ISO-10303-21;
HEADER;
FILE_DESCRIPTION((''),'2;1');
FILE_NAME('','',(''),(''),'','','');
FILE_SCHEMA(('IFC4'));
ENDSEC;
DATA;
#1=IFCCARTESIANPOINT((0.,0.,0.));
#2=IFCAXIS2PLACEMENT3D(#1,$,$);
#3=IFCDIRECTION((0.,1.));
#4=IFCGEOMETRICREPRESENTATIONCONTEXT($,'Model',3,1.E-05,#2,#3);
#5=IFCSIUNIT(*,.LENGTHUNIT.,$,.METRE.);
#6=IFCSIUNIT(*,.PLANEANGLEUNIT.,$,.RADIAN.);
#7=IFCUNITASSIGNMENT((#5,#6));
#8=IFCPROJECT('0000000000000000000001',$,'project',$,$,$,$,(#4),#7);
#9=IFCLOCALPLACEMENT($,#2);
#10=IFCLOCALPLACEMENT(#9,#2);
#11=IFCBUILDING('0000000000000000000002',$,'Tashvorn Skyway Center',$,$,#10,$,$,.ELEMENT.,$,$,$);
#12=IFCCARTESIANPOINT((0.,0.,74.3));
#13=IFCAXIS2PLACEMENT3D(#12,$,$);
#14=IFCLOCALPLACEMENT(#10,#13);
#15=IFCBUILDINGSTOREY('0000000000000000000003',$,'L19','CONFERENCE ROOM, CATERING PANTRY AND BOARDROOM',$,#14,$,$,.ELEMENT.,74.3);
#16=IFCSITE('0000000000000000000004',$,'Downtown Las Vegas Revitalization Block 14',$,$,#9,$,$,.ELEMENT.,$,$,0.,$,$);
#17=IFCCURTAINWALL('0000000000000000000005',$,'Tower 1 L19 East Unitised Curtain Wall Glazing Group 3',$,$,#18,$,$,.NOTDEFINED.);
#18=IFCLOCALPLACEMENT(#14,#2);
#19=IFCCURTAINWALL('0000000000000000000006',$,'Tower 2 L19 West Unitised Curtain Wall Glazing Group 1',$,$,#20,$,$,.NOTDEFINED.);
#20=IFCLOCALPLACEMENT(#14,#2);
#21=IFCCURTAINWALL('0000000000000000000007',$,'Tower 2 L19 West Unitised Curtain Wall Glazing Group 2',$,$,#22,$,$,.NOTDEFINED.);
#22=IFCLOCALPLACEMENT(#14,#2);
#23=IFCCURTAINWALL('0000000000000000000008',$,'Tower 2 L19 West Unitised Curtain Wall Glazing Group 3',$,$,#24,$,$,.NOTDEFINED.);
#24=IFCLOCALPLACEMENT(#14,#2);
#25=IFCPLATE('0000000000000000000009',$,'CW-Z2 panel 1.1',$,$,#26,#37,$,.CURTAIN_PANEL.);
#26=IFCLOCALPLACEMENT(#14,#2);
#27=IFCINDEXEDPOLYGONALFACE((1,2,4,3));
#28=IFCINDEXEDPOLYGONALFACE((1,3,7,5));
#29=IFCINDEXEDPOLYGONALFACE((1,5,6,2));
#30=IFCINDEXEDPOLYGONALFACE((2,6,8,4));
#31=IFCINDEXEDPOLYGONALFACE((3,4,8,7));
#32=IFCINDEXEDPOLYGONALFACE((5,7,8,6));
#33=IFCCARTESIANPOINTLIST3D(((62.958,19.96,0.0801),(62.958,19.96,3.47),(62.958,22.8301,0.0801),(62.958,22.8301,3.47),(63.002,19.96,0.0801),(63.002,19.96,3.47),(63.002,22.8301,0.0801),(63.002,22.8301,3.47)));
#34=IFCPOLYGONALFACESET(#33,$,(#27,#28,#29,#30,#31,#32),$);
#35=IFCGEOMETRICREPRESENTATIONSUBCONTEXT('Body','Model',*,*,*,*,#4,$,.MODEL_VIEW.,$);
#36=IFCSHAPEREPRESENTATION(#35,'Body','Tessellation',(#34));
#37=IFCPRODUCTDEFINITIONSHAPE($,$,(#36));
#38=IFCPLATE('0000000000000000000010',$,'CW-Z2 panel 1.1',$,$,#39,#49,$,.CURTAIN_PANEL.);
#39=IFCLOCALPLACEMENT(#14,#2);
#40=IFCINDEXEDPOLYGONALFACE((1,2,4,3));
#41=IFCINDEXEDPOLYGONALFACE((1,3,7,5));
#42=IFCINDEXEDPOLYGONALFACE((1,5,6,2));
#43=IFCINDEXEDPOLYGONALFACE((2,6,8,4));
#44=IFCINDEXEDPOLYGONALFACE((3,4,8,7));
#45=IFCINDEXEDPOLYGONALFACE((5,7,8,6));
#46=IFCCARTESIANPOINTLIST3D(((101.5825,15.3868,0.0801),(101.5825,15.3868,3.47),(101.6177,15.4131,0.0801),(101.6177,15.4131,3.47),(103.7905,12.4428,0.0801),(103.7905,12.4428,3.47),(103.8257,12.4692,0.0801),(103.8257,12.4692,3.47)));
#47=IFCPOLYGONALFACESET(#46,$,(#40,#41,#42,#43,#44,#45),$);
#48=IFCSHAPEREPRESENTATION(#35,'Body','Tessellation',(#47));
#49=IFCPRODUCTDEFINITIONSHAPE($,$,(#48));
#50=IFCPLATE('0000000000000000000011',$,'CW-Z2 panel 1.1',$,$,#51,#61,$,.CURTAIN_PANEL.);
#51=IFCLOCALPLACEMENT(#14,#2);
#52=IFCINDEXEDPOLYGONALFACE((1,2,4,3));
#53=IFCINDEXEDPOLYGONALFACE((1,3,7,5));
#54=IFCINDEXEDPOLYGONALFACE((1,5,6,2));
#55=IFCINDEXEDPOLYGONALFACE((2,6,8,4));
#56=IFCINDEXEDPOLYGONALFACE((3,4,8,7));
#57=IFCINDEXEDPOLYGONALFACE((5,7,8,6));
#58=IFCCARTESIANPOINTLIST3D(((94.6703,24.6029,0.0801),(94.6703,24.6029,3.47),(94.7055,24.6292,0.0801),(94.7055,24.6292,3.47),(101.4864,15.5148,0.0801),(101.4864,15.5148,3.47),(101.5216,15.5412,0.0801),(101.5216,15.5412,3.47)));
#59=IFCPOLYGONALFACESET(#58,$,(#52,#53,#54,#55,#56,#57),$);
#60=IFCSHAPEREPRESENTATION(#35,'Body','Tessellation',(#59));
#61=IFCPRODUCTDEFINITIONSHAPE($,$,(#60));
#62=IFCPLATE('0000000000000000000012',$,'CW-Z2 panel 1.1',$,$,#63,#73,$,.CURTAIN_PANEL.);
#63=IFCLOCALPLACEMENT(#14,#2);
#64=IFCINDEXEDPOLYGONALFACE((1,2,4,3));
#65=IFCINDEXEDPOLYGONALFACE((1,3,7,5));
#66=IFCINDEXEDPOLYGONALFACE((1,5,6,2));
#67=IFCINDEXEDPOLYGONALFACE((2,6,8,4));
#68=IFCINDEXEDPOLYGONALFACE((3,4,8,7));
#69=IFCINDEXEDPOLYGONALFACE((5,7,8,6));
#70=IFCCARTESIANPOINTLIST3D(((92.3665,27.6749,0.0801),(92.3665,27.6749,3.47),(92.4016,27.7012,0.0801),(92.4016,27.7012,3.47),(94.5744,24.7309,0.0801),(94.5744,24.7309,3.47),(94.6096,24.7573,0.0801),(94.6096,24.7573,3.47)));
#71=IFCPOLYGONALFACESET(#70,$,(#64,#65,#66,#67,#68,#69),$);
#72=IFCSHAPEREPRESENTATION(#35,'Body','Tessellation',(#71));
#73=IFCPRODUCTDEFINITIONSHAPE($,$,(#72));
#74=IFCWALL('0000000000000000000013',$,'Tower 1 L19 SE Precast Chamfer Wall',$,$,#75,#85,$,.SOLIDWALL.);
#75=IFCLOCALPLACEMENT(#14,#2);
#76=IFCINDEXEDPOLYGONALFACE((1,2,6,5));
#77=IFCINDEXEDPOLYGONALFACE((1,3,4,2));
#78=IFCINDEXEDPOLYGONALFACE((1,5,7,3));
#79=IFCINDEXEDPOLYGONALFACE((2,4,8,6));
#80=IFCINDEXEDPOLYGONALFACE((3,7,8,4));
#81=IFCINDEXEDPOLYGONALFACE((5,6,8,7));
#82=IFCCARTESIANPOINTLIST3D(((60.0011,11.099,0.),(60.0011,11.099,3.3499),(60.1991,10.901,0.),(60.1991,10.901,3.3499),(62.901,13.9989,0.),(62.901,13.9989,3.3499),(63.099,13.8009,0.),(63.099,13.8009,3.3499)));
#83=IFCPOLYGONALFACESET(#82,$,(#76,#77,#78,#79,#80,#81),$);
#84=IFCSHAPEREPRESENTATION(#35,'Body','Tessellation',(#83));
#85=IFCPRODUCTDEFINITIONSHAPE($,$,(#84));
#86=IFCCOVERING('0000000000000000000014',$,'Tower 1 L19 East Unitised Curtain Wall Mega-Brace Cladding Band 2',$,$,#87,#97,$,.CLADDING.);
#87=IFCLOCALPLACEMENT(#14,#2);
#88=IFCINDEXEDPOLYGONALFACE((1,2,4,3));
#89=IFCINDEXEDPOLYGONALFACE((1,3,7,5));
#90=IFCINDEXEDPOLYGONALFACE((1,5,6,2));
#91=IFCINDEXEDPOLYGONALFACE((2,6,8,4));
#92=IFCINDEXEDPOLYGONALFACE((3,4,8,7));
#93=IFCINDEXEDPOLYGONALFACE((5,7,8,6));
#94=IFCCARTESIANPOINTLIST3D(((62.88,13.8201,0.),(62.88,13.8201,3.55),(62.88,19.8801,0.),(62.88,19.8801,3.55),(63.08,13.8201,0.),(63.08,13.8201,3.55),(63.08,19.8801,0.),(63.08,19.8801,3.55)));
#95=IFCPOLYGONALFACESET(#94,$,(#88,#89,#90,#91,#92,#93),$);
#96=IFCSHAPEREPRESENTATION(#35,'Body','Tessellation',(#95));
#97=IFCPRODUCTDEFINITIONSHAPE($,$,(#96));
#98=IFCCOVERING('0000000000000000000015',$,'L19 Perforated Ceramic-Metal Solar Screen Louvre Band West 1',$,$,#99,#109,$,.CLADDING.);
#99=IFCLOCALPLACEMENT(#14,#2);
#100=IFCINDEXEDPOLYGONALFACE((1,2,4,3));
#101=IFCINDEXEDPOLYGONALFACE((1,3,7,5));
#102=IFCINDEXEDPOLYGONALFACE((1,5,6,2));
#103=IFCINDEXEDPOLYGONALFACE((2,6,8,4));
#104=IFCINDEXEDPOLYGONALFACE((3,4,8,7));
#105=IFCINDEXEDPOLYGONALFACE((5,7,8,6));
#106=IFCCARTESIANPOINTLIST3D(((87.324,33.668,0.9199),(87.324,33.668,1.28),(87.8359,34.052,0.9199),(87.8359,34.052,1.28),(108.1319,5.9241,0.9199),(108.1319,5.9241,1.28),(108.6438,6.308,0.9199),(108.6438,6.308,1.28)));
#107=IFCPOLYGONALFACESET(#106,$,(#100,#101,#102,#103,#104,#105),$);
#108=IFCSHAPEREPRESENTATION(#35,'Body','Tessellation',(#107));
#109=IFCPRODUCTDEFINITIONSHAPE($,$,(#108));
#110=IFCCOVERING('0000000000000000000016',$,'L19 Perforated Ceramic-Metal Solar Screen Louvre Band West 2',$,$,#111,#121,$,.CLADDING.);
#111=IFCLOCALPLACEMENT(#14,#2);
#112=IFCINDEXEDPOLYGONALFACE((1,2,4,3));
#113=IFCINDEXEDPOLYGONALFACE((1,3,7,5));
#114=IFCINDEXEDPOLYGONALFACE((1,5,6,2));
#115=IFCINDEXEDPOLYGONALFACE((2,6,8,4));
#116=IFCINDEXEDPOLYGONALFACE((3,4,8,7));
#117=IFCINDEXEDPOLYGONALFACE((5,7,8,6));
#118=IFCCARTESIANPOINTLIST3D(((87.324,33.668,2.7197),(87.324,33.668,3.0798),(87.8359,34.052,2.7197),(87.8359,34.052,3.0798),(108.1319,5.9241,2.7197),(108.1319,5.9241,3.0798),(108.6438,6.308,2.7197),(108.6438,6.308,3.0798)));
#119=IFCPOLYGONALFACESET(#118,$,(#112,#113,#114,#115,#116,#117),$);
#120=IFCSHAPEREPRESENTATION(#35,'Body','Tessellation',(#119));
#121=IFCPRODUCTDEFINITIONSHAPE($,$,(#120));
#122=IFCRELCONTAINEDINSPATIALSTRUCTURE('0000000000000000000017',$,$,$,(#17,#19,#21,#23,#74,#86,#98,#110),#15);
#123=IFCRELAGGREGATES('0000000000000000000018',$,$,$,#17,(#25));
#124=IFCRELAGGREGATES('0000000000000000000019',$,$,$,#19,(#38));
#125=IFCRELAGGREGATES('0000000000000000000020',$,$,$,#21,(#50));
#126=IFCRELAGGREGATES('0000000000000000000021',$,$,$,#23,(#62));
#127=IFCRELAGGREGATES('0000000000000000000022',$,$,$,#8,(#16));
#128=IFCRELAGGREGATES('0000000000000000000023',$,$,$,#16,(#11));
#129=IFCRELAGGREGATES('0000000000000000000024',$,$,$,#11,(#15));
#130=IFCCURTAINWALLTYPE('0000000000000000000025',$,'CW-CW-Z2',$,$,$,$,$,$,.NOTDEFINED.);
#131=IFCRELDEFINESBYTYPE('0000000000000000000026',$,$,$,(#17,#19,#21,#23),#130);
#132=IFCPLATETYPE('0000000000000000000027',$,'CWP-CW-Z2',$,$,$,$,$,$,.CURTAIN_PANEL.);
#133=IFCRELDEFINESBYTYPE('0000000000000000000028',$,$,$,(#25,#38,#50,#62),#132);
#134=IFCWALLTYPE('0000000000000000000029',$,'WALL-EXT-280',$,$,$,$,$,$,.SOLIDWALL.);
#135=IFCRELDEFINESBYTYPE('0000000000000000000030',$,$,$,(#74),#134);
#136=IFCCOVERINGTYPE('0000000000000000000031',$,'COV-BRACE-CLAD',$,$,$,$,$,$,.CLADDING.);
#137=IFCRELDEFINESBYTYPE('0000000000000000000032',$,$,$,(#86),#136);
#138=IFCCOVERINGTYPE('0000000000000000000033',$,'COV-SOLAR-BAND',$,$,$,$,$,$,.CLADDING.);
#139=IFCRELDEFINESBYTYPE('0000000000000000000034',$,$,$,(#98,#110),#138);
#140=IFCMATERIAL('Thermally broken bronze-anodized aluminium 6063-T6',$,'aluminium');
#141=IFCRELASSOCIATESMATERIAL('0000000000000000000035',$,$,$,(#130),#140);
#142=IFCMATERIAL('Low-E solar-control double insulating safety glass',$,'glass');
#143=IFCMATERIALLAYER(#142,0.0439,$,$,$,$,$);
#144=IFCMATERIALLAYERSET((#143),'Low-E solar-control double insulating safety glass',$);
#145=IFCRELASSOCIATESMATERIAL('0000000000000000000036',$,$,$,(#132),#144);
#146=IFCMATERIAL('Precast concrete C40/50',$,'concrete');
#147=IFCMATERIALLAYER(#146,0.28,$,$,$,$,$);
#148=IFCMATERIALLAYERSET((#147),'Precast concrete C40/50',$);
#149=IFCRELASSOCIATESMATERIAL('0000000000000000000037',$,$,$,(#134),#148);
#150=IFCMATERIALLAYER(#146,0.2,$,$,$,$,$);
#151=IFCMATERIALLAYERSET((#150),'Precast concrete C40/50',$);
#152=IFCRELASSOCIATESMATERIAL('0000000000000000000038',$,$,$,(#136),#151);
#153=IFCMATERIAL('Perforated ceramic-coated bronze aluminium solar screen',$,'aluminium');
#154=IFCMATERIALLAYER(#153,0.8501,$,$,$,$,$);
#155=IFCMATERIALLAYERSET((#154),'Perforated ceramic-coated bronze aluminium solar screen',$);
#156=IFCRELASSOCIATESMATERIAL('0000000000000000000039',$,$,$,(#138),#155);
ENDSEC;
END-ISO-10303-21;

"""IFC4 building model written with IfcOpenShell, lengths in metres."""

from ifc_helpers import new_model, si_unit, direction, frame, frame_2d, origin, origin_2d, place, context, subcontext, project, spatial, rectangle, extrude, material, layer, layer_set, type_object, element, aggregate, save


model = new_model("IFC4")

# Units and contexts
model_context = context("Model", 3, precision=1e-05, world=origin(), true_north=direction((0.0, 1.0)))
body_context = subcontext(model_context, "Body", "Model", "MODEL_VIEW")
ifc_project = project(units=[si_unit("LENGTHUNIT", "METRE"), si_unit("PLANEANGLEUNIT", "RADIAN")], contexts=[model_context])

# Site, building, storey
site_placement = place(None, origin())
site = spatial("IfcSite", under=ifc_project, at=site_placement, Name="Downtown Las Vegas Revitalization Block 14", CompositionType="ELEMENT", RefElevation=0.0)
building_placement = place(site_placement, origin())
building = spatial("IfcBuilding", under=site, at=building_placement, Name="Tashvorn Skyway Center", CompositionType="ELEMENT")
storey_placement = place(building_placement, frame((0.0, 0.0, 74.3)))
storey = spatial("IfcBuildingStorey", under=building, at=storey_placement, Name="L19", Description="CONFERENCE ROOM, CATERING PANTRY AND BOARDROOM", CompositionType="ELEMENT", Elevation=74.3)

# Shared definitions
ifc_material_1 = material(Name="Thermally broken bronze-anodized aluminium 6063-T6", Category="aluminium")
curtain_wall_type = type_object("IfcCurtainWallType", Name="CW-CW-Z2", PredefinedType="NOTDEFINED", material=ifc_material_1)

# Curtain wall
curtain_wall_1_placement = place(storey_placement, origin())
curtain_wall_1 = element("IfcCurtainWall", 1, at=curtain_wall_1_placement, inside=storey, type_object=curtain_wall_type, Name="Tower 1 L19 East Unitised Curtain Wall Glazing Group 3", PredefinedType="NOTDEFINED")

# Curtain wall
curtain_wall_2_placement = place(storey_placement, origin())
curtain_wall_2 = element("IfcCurtainWall", 2, at=curtain_wall_2_placement, inside=storey, type_object=curtain_wall_type, Name="Tower 2 L19 West Unitised Curtain Wall Glazing Group 1", PredefinedType="NOTDEFINED")

# Curtain walls
curtain_wall_3_placement = place(storey_placement, origin())
curtain_wall_3 = element("IfcCurtainWall", 3, at=curtain_wall_3_placement, inside=storey, type_object=curtain_wall_type, Name="Tower 2 L19 West Unitised Curtain Wall Glazing Group 2", PredefinedType="NOTDEFINED")
curtain_wall_4_placement = place(storey_placement, origin())
curtain_wall_4 = element("IfcCurtainWall", 4, at=curtain_wall_4_placement, inside=storey, type_object=curtain_wall_type, Name="Tower 2 L19 West Unitised Curtain Wall Glazing Group 3", PredefinedType="NOTDEFINED")

# Plates
ifc_material_2 = material(Name="Low-E solar-control double insulating safety glass", Category="glass")
ifc_layer_1 = layer(ifc_material_2, 0.0439)
ifc_layer_set_1 = layer_set([ifc_layer_1], Name="Low-E solar-control double insulating safety glass")
plate_type = type_object("IfcPlateType", Name="CWP-CW-Z2", PredefinedType="CURTAIN_PANEL", material=ifc_layer_set_1)
plate_1_placement = place(storey_placement, frame((62.98, 21.395, 0.0801), z_axis=(0.0, 0.0, 1.0), x_axis=(0.0, -1.0, 0.0)))
plate_1 = element("IfcPlate", 5, at=plate_1_placement, type_object=plate_type, Name="CW-Z2 panel 1.1", PredefinedType="CURTAIN_PANEL", context=body_context, shape_type="SweptSolid", body=[
    extrude(rectangle(XDim=2.8701, YDim=0.0439, at=origin_2d()), origin(), (0.0, 0.0, 1.0), 3.3899),
])
aggregate(curtain_wall_1, [plate_1])
plate_2_placement = place(storey_placement, frame((102.7041, 13.928, 0.0801), z_axis=(0.0, 0.0, 1.0), x_axis=(-0.6, 0.8, 0.0)))
plate_2 = element("IfcPlate", 6, at=plate_2_placement, type_object=plate_type, Name="CW-Z2 panel 1.1", PredefinedType="CURTAIN_PANEL", context=body_context, shape_type="SweptSolid", body=[
    extrude(rectangle(XDim=3.6799, YDim=0.0439, at=origin_2d()), origin(), (0.0, 0.0, 1.0), 3.3899),
])
aggregate(curtain_wall_2, [plate_2])
plate_3_placement = place(storey_placement, frame((98.0959, 20.072, 0.0801), z_axis=(0.0, 0.0, 1.0), x_axis=(-0.6, 0.8, 0.0)))
plate_3 = element("IfcPlate", 7, at=plate_3_placement, type_object=plate_type, Name="CW-Z2 panel 1.1", PredefinedType="CURTAIN_PANEL", context=body_context, shape_type="SweptSolid", body=[
    extrude(rectangle(XDim=11.3601, YDim=0.0439, at=origin_2d()), origin(), (0.0, 0.0, 1.0), 3.3899),
])
aggregate(curtain_wall_3, [plate_3])
plate_4_placement = place(storey_placement, frame((93.488, 26.2161, 0.0801), z_axis=(0.0, 0.0, 1.0), x_axis=(-0.6, 0.8, 0.0)))
plate_4 = element("IfcPlate", 8, at=plate_4_placement, type_object=plate_type, Name="CW-Z2 panel 1.1", PredefinedType="CURTAIN_PANEL", context=body_context, shape_type="SweptSolid", body=[
    extrude(rectangle(XDim=3.6799, YDim=0.0439, at=origin_2d()), origin(), (0.0, 0.0, 1.0), 3.3899),
])
aggregate(curtain_wall_4, [plate_4])

# Wall
ifc_material_3 = material(Name="Precast concrete C40/50", Category="concrete")
ifc_layer_2 = layer(ifc_material_3, 0.28)
ifc_layer_set_2 = layer_set([ifc_layer_2], Name="Precast concrete C40/50")
wall_type = type_object("IfcWallType", Name="WALL-EXT-280", PredefinedType="SOLIDWALL", material=ifc_layer_set_2)
wall_placement = place(storey_placement, frame((63.0, 13.8999, 0.0), z_axis=(0.0, 0.0, 1.0), x_axis=(-0.707107, -0.707107, 0.0)))
element("IfcWall", 9, at=wall_placement, inside=storey, type_object=wall_type, Name="Tower 1 L19 SE Precast Chamfer Wall", PredefinedType="SOLIDWALL", context=body_context, shape_type="SweptSolid", body=[
    extrude(rectangle(XDim=4.1011, YDim=0.28, at=frame_2d((2.0505, 0.0))), origin(), (0.0, 0.0, 1.0), 3.3499),
])

# Coverings
ifc_layer_3 = layer(ifc_material_3, 0.2)
ifc_layer_set_3 = layer_set([ifc_layer_3], Name="Precast concrete C40/50")
covering_type_1 = type_object("IfcCoveringType", Name="COV-BRACE-CLAD", PredefinedType="CLADDING", material=ifc_layer_set_3)
covering_placement = place(storey_placement, frame((62.98, 16.8501, 0.0), z_axis=(0.0, 0.0, 1.0), x_axis=(0.0, -1.0, 0.0)))
element("IfcCovering", 10, at=covering_placement, inside=storey, type_object=covering_type_1, Name="Tower 1 L19 East Unitised Curtain Wall Mega-Brace Cladding Band 2", PredefinedType="CLADDING", context=body_context, shape_type="SweptSolid", body=[
    extrude(rectangle(XDim=6.0601, YDim=0.2, at=origin_2d()), origin(), (0.0, 0.0, 1.0), 3.55),
])
ifc_material_4 = material(Name="Perforated ceramic-coated bronze aluminium solar screen", Category="aluminium")
ifc_layer_4 = layer(ifc_material_4, 0.8501)
ifc_layer_set_4 = layer_set([ifc_layer_4], Name="Perforated ceramic-coated bronze aluminium solar screen")
covering_type_2 = type_object("IfcCoveringType", Name="COV-SOLAR-BAND", PredefinedType="CLADDING", material=ifc_layer_set_4)
for number, where, z_axis, x_axis, name in (
    (11, (97.9839, 19.988, 0.9199), (0.0, 0.0, 1.0), (-0.6, 0.8, 0.0), "L19 Perforated Ceramic-Metal Solar Screen Louvre Band West 1"),
    (12, (97.9839, 19.988, 2.7197), (0.0, 0.0, 1.0), (-0.6, 0.8, 0.0), "L19 Perforated Ceramic-Metal Solar Screen Louvre Band West 2"),
):
    element("IfcCovering", number, at=place(storey_placement, frame(where, z_axis=z_axis, x_axis=x_axis)), inside=storey, type_object=covering_type_2, Name=name, PredefinedType="CLADDING", context=body_context, shape_type="SweptSolid", body=[
        extrude(rectangle(XDim=34.6799, YDim=0.6399, at=origin_2d()), origin(), (0.0, 0.0, 1.0), 0.3601),
    ])

save(model, "model.ifc")
